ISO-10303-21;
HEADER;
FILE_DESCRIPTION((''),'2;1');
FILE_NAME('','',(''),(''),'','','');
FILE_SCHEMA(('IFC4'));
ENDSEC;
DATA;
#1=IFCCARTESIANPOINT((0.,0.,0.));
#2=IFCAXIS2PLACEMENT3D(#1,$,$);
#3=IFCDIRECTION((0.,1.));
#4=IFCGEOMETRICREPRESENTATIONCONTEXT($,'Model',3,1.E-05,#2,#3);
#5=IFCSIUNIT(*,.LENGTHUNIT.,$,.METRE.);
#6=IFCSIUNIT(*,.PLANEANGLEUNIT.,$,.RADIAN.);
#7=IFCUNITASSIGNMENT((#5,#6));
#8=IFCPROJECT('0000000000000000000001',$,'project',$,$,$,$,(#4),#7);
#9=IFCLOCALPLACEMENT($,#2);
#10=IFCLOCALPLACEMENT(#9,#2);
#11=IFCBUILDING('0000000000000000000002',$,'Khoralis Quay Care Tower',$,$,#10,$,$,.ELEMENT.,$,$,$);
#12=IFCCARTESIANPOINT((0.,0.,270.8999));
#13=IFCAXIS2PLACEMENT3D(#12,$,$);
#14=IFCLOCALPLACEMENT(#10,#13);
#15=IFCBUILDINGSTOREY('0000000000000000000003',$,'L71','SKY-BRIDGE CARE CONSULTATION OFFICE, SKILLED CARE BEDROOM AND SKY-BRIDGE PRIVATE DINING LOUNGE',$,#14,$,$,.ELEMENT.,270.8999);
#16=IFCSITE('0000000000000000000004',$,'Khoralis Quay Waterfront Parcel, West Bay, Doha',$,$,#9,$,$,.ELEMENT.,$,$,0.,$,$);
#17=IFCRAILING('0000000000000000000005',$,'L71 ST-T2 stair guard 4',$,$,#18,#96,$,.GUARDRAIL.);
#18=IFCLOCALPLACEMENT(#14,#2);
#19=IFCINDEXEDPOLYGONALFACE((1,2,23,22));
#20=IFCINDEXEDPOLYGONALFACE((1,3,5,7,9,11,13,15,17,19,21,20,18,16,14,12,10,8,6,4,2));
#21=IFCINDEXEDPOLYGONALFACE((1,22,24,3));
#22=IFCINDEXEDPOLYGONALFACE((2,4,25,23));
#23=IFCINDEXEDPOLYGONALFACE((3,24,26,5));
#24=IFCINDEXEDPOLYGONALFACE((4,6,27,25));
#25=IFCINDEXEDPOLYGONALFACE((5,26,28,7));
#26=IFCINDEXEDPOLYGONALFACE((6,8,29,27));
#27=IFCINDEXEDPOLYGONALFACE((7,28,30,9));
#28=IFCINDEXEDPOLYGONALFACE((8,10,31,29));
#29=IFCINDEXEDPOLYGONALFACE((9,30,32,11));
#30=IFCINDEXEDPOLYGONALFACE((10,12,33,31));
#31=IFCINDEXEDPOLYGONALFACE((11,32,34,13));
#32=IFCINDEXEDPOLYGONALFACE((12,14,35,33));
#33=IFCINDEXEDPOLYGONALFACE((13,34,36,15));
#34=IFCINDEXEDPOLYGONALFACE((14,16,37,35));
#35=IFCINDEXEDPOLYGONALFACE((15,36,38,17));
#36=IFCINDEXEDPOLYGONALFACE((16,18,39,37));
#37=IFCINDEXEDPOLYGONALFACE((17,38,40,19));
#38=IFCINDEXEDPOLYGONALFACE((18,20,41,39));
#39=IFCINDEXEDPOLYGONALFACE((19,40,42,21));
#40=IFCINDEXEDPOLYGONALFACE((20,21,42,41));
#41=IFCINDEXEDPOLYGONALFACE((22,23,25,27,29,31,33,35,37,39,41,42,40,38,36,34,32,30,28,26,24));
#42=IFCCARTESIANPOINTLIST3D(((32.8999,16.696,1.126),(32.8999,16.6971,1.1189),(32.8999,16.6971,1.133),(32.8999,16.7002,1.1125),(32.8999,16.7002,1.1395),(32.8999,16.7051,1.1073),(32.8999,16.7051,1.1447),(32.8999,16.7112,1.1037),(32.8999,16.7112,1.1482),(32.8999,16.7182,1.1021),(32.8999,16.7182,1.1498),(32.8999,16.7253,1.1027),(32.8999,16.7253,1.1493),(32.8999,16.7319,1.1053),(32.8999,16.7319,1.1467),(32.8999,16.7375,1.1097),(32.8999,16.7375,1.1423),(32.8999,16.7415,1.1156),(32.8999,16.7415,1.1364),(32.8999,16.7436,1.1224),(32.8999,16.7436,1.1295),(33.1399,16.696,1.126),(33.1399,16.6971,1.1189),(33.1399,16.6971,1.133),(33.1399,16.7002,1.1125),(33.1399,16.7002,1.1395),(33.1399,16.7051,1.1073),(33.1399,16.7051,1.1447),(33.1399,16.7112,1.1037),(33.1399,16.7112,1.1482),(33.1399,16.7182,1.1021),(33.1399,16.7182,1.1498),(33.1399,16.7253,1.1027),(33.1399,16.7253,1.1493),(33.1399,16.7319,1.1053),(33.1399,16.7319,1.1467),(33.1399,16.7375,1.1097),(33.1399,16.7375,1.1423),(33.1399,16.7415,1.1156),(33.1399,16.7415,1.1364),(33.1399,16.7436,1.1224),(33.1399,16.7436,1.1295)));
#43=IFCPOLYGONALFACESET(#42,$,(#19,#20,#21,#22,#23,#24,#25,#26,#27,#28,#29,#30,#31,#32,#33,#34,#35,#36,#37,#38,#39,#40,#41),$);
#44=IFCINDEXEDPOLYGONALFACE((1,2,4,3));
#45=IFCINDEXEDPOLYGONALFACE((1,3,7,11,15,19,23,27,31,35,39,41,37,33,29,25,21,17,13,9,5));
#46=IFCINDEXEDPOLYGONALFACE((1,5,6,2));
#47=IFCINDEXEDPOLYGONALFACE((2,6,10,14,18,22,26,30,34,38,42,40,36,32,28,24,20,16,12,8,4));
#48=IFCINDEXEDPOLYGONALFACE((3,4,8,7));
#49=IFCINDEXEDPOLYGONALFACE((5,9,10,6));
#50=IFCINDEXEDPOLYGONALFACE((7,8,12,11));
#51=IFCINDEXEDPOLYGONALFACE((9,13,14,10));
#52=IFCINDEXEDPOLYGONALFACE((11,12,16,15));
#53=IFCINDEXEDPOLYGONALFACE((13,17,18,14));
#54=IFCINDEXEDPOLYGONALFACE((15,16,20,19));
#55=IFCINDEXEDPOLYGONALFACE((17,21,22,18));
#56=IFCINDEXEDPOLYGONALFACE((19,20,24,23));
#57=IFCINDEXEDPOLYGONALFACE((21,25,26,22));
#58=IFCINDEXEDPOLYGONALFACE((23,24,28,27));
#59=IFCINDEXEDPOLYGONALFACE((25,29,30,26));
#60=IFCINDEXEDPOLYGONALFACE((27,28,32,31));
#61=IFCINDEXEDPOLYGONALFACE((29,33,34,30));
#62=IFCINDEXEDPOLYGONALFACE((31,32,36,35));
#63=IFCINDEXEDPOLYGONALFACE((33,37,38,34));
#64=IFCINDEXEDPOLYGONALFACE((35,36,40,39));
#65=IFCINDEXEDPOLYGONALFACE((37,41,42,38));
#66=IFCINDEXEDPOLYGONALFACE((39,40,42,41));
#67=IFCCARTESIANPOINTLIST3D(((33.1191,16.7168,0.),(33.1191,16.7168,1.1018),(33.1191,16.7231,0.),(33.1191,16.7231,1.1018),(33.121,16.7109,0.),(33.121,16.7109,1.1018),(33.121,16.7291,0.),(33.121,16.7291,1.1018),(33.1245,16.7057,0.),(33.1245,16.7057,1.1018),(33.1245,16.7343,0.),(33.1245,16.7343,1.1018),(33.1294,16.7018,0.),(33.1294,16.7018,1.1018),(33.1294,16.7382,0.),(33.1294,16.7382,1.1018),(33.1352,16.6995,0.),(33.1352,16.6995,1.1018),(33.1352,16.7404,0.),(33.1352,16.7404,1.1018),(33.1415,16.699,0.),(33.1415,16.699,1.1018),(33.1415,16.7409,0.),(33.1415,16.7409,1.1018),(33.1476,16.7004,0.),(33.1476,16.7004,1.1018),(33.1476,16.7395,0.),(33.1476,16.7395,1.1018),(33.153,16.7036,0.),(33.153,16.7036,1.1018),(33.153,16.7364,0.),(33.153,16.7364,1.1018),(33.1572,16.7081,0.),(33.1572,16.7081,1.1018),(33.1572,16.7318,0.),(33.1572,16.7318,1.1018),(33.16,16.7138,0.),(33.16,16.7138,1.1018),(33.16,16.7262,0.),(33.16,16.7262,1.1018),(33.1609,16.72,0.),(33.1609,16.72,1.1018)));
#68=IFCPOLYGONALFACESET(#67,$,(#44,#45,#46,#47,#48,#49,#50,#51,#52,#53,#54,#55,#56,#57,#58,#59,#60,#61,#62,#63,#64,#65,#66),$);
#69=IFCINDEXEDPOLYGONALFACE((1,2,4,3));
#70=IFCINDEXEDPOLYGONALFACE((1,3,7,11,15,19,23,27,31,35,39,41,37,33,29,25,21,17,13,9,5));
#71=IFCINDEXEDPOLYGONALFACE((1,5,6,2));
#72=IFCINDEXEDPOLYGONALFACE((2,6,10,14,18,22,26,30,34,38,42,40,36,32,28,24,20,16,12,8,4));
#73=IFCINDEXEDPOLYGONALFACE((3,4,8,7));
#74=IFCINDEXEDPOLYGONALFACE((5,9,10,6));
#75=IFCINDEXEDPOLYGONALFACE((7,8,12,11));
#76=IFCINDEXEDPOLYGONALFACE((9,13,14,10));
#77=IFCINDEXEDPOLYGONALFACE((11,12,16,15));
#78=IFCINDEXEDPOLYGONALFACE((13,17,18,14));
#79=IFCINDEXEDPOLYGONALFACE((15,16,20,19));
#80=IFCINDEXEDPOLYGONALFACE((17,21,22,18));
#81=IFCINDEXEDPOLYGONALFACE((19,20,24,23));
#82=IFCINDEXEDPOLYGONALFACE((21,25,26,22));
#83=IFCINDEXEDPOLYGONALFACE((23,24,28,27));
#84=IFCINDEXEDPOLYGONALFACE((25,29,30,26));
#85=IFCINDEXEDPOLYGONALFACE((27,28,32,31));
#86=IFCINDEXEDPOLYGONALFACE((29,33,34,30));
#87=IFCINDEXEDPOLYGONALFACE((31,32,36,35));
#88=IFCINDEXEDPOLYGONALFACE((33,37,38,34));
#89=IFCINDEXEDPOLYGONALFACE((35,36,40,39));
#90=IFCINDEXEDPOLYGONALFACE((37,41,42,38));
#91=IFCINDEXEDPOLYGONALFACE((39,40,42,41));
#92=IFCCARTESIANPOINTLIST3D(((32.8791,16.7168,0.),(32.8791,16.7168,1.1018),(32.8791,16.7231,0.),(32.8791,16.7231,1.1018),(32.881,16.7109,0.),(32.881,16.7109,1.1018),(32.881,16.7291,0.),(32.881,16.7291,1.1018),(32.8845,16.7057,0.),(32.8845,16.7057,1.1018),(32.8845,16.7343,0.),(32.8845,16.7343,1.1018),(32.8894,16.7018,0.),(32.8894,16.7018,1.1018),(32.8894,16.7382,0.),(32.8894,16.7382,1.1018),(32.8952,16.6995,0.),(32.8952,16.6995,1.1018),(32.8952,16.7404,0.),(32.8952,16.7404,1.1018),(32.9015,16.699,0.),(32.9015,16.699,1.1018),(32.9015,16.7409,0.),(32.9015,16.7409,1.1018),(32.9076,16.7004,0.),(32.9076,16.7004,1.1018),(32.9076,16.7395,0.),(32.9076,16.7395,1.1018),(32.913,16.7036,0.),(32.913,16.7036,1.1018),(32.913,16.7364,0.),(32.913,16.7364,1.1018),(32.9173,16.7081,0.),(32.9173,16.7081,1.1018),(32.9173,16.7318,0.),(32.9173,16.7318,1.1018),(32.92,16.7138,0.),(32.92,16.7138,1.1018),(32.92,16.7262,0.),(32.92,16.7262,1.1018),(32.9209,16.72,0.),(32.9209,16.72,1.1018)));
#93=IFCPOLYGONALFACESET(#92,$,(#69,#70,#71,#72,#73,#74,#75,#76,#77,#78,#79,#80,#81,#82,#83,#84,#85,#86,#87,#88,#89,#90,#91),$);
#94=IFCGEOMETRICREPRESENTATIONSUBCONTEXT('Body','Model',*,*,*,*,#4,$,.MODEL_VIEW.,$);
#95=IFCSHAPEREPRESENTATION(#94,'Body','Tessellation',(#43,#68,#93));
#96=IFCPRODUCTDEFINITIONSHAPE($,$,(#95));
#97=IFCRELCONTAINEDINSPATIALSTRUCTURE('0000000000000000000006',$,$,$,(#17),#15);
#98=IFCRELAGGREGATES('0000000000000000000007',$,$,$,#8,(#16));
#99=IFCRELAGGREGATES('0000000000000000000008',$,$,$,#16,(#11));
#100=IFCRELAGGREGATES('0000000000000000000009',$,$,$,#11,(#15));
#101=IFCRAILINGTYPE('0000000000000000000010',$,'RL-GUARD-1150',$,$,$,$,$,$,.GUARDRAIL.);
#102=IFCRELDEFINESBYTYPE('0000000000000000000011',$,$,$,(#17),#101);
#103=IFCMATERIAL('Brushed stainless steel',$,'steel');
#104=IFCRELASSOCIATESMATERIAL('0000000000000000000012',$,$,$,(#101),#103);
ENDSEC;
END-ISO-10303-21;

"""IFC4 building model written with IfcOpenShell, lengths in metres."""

from ifc_helpers import new_model, si_unit, direction, frame, origin, origin_2d, place, context, subcontext, project, spatial, circle, extrude, material, type_object, element, save


model = new_model("IFC4")

# Units and contexts
model_context = context("Model", 3, precision=1e-05, world=origin(), true_north=direction((0.0, 1.0)))
body_context = subcontext(model_context, "Body", "Model", "MODEL_VIEW")
ifc_project = project(units=[si_unit("LENGTHUNIT", "METRE"), si_unit("PLANEANGLEUNIT", "RADIAN")], contexts=[model_context])

# Site, building, storey
site_placement = place(None, origin())
site = spatial("IfcSite", under=ifc_project, at=site_placement, Name="Khoralis Quay Waterfront Parcel, West Bay, Doha", CompositionType="ELEMENT", RefElevation=0.0)
building_placement = place(site_placement, origin())
building = spatial("IfcBuilding", under=site, at=building_placement, Name="Khoralis Quay Care Tower", CompositionType="ELEMENT")
storey_placement = place(building_placement, frame((0.0, 0.0, 270.8999)))
storey = spatial("IfcBuildingStorey", under=building, at=storey_placement, Name="L71", Description="SKY-BRIDGE CARE CONSULTATION OFFICE, SKILLED CARE BEDROOM AND SKY-BRIDGE PRIVATE DINING LOUNGE", CompositionType="ELEMENT", Elevation=270.8999)

# Railing
ifc_material_1 = material(Name="Brushed stainless steel", Category="steel")
railing_type_1 = type_object("IfcRailingType", Name="RL-GUARD-1150", PredefinedType="GUARDRAIL", material=ifc_material_1)
railing_1_placement = place(storey_placement, frame((33.1399, 16.72, 0.0)))
element("IfcRailing", 1, at=railing_1_placement, inside=storey, type_object=railing_type_1, Name="L71 ST-T2 stair guard 4", PredefinedType="GUARDRAIL", context=body_context, shape_type="SweptSolid", body=[
    extrude(circle(Radius=0.0239, at=origin_2d()), frame((0.0, 0.0, 1.126), z_axis=(-1.0, 0.0, 0.0), x_axis=(0.0, -1.0, 0.0)), (0.0, 0.0, 1.0), 0.24),
    extrude(circle(Radius=0.021, at=origin_2d()), origin(), (0.0, 0.0, 1.0), 1.1018),
    extrude(circle(Radius=0.021, at=origin_2d()), frame((-0.24, 0.0, 0.0)), (0.0, 0.0, 1.0), 1.1018),
])

save(model, "model.ifc")
